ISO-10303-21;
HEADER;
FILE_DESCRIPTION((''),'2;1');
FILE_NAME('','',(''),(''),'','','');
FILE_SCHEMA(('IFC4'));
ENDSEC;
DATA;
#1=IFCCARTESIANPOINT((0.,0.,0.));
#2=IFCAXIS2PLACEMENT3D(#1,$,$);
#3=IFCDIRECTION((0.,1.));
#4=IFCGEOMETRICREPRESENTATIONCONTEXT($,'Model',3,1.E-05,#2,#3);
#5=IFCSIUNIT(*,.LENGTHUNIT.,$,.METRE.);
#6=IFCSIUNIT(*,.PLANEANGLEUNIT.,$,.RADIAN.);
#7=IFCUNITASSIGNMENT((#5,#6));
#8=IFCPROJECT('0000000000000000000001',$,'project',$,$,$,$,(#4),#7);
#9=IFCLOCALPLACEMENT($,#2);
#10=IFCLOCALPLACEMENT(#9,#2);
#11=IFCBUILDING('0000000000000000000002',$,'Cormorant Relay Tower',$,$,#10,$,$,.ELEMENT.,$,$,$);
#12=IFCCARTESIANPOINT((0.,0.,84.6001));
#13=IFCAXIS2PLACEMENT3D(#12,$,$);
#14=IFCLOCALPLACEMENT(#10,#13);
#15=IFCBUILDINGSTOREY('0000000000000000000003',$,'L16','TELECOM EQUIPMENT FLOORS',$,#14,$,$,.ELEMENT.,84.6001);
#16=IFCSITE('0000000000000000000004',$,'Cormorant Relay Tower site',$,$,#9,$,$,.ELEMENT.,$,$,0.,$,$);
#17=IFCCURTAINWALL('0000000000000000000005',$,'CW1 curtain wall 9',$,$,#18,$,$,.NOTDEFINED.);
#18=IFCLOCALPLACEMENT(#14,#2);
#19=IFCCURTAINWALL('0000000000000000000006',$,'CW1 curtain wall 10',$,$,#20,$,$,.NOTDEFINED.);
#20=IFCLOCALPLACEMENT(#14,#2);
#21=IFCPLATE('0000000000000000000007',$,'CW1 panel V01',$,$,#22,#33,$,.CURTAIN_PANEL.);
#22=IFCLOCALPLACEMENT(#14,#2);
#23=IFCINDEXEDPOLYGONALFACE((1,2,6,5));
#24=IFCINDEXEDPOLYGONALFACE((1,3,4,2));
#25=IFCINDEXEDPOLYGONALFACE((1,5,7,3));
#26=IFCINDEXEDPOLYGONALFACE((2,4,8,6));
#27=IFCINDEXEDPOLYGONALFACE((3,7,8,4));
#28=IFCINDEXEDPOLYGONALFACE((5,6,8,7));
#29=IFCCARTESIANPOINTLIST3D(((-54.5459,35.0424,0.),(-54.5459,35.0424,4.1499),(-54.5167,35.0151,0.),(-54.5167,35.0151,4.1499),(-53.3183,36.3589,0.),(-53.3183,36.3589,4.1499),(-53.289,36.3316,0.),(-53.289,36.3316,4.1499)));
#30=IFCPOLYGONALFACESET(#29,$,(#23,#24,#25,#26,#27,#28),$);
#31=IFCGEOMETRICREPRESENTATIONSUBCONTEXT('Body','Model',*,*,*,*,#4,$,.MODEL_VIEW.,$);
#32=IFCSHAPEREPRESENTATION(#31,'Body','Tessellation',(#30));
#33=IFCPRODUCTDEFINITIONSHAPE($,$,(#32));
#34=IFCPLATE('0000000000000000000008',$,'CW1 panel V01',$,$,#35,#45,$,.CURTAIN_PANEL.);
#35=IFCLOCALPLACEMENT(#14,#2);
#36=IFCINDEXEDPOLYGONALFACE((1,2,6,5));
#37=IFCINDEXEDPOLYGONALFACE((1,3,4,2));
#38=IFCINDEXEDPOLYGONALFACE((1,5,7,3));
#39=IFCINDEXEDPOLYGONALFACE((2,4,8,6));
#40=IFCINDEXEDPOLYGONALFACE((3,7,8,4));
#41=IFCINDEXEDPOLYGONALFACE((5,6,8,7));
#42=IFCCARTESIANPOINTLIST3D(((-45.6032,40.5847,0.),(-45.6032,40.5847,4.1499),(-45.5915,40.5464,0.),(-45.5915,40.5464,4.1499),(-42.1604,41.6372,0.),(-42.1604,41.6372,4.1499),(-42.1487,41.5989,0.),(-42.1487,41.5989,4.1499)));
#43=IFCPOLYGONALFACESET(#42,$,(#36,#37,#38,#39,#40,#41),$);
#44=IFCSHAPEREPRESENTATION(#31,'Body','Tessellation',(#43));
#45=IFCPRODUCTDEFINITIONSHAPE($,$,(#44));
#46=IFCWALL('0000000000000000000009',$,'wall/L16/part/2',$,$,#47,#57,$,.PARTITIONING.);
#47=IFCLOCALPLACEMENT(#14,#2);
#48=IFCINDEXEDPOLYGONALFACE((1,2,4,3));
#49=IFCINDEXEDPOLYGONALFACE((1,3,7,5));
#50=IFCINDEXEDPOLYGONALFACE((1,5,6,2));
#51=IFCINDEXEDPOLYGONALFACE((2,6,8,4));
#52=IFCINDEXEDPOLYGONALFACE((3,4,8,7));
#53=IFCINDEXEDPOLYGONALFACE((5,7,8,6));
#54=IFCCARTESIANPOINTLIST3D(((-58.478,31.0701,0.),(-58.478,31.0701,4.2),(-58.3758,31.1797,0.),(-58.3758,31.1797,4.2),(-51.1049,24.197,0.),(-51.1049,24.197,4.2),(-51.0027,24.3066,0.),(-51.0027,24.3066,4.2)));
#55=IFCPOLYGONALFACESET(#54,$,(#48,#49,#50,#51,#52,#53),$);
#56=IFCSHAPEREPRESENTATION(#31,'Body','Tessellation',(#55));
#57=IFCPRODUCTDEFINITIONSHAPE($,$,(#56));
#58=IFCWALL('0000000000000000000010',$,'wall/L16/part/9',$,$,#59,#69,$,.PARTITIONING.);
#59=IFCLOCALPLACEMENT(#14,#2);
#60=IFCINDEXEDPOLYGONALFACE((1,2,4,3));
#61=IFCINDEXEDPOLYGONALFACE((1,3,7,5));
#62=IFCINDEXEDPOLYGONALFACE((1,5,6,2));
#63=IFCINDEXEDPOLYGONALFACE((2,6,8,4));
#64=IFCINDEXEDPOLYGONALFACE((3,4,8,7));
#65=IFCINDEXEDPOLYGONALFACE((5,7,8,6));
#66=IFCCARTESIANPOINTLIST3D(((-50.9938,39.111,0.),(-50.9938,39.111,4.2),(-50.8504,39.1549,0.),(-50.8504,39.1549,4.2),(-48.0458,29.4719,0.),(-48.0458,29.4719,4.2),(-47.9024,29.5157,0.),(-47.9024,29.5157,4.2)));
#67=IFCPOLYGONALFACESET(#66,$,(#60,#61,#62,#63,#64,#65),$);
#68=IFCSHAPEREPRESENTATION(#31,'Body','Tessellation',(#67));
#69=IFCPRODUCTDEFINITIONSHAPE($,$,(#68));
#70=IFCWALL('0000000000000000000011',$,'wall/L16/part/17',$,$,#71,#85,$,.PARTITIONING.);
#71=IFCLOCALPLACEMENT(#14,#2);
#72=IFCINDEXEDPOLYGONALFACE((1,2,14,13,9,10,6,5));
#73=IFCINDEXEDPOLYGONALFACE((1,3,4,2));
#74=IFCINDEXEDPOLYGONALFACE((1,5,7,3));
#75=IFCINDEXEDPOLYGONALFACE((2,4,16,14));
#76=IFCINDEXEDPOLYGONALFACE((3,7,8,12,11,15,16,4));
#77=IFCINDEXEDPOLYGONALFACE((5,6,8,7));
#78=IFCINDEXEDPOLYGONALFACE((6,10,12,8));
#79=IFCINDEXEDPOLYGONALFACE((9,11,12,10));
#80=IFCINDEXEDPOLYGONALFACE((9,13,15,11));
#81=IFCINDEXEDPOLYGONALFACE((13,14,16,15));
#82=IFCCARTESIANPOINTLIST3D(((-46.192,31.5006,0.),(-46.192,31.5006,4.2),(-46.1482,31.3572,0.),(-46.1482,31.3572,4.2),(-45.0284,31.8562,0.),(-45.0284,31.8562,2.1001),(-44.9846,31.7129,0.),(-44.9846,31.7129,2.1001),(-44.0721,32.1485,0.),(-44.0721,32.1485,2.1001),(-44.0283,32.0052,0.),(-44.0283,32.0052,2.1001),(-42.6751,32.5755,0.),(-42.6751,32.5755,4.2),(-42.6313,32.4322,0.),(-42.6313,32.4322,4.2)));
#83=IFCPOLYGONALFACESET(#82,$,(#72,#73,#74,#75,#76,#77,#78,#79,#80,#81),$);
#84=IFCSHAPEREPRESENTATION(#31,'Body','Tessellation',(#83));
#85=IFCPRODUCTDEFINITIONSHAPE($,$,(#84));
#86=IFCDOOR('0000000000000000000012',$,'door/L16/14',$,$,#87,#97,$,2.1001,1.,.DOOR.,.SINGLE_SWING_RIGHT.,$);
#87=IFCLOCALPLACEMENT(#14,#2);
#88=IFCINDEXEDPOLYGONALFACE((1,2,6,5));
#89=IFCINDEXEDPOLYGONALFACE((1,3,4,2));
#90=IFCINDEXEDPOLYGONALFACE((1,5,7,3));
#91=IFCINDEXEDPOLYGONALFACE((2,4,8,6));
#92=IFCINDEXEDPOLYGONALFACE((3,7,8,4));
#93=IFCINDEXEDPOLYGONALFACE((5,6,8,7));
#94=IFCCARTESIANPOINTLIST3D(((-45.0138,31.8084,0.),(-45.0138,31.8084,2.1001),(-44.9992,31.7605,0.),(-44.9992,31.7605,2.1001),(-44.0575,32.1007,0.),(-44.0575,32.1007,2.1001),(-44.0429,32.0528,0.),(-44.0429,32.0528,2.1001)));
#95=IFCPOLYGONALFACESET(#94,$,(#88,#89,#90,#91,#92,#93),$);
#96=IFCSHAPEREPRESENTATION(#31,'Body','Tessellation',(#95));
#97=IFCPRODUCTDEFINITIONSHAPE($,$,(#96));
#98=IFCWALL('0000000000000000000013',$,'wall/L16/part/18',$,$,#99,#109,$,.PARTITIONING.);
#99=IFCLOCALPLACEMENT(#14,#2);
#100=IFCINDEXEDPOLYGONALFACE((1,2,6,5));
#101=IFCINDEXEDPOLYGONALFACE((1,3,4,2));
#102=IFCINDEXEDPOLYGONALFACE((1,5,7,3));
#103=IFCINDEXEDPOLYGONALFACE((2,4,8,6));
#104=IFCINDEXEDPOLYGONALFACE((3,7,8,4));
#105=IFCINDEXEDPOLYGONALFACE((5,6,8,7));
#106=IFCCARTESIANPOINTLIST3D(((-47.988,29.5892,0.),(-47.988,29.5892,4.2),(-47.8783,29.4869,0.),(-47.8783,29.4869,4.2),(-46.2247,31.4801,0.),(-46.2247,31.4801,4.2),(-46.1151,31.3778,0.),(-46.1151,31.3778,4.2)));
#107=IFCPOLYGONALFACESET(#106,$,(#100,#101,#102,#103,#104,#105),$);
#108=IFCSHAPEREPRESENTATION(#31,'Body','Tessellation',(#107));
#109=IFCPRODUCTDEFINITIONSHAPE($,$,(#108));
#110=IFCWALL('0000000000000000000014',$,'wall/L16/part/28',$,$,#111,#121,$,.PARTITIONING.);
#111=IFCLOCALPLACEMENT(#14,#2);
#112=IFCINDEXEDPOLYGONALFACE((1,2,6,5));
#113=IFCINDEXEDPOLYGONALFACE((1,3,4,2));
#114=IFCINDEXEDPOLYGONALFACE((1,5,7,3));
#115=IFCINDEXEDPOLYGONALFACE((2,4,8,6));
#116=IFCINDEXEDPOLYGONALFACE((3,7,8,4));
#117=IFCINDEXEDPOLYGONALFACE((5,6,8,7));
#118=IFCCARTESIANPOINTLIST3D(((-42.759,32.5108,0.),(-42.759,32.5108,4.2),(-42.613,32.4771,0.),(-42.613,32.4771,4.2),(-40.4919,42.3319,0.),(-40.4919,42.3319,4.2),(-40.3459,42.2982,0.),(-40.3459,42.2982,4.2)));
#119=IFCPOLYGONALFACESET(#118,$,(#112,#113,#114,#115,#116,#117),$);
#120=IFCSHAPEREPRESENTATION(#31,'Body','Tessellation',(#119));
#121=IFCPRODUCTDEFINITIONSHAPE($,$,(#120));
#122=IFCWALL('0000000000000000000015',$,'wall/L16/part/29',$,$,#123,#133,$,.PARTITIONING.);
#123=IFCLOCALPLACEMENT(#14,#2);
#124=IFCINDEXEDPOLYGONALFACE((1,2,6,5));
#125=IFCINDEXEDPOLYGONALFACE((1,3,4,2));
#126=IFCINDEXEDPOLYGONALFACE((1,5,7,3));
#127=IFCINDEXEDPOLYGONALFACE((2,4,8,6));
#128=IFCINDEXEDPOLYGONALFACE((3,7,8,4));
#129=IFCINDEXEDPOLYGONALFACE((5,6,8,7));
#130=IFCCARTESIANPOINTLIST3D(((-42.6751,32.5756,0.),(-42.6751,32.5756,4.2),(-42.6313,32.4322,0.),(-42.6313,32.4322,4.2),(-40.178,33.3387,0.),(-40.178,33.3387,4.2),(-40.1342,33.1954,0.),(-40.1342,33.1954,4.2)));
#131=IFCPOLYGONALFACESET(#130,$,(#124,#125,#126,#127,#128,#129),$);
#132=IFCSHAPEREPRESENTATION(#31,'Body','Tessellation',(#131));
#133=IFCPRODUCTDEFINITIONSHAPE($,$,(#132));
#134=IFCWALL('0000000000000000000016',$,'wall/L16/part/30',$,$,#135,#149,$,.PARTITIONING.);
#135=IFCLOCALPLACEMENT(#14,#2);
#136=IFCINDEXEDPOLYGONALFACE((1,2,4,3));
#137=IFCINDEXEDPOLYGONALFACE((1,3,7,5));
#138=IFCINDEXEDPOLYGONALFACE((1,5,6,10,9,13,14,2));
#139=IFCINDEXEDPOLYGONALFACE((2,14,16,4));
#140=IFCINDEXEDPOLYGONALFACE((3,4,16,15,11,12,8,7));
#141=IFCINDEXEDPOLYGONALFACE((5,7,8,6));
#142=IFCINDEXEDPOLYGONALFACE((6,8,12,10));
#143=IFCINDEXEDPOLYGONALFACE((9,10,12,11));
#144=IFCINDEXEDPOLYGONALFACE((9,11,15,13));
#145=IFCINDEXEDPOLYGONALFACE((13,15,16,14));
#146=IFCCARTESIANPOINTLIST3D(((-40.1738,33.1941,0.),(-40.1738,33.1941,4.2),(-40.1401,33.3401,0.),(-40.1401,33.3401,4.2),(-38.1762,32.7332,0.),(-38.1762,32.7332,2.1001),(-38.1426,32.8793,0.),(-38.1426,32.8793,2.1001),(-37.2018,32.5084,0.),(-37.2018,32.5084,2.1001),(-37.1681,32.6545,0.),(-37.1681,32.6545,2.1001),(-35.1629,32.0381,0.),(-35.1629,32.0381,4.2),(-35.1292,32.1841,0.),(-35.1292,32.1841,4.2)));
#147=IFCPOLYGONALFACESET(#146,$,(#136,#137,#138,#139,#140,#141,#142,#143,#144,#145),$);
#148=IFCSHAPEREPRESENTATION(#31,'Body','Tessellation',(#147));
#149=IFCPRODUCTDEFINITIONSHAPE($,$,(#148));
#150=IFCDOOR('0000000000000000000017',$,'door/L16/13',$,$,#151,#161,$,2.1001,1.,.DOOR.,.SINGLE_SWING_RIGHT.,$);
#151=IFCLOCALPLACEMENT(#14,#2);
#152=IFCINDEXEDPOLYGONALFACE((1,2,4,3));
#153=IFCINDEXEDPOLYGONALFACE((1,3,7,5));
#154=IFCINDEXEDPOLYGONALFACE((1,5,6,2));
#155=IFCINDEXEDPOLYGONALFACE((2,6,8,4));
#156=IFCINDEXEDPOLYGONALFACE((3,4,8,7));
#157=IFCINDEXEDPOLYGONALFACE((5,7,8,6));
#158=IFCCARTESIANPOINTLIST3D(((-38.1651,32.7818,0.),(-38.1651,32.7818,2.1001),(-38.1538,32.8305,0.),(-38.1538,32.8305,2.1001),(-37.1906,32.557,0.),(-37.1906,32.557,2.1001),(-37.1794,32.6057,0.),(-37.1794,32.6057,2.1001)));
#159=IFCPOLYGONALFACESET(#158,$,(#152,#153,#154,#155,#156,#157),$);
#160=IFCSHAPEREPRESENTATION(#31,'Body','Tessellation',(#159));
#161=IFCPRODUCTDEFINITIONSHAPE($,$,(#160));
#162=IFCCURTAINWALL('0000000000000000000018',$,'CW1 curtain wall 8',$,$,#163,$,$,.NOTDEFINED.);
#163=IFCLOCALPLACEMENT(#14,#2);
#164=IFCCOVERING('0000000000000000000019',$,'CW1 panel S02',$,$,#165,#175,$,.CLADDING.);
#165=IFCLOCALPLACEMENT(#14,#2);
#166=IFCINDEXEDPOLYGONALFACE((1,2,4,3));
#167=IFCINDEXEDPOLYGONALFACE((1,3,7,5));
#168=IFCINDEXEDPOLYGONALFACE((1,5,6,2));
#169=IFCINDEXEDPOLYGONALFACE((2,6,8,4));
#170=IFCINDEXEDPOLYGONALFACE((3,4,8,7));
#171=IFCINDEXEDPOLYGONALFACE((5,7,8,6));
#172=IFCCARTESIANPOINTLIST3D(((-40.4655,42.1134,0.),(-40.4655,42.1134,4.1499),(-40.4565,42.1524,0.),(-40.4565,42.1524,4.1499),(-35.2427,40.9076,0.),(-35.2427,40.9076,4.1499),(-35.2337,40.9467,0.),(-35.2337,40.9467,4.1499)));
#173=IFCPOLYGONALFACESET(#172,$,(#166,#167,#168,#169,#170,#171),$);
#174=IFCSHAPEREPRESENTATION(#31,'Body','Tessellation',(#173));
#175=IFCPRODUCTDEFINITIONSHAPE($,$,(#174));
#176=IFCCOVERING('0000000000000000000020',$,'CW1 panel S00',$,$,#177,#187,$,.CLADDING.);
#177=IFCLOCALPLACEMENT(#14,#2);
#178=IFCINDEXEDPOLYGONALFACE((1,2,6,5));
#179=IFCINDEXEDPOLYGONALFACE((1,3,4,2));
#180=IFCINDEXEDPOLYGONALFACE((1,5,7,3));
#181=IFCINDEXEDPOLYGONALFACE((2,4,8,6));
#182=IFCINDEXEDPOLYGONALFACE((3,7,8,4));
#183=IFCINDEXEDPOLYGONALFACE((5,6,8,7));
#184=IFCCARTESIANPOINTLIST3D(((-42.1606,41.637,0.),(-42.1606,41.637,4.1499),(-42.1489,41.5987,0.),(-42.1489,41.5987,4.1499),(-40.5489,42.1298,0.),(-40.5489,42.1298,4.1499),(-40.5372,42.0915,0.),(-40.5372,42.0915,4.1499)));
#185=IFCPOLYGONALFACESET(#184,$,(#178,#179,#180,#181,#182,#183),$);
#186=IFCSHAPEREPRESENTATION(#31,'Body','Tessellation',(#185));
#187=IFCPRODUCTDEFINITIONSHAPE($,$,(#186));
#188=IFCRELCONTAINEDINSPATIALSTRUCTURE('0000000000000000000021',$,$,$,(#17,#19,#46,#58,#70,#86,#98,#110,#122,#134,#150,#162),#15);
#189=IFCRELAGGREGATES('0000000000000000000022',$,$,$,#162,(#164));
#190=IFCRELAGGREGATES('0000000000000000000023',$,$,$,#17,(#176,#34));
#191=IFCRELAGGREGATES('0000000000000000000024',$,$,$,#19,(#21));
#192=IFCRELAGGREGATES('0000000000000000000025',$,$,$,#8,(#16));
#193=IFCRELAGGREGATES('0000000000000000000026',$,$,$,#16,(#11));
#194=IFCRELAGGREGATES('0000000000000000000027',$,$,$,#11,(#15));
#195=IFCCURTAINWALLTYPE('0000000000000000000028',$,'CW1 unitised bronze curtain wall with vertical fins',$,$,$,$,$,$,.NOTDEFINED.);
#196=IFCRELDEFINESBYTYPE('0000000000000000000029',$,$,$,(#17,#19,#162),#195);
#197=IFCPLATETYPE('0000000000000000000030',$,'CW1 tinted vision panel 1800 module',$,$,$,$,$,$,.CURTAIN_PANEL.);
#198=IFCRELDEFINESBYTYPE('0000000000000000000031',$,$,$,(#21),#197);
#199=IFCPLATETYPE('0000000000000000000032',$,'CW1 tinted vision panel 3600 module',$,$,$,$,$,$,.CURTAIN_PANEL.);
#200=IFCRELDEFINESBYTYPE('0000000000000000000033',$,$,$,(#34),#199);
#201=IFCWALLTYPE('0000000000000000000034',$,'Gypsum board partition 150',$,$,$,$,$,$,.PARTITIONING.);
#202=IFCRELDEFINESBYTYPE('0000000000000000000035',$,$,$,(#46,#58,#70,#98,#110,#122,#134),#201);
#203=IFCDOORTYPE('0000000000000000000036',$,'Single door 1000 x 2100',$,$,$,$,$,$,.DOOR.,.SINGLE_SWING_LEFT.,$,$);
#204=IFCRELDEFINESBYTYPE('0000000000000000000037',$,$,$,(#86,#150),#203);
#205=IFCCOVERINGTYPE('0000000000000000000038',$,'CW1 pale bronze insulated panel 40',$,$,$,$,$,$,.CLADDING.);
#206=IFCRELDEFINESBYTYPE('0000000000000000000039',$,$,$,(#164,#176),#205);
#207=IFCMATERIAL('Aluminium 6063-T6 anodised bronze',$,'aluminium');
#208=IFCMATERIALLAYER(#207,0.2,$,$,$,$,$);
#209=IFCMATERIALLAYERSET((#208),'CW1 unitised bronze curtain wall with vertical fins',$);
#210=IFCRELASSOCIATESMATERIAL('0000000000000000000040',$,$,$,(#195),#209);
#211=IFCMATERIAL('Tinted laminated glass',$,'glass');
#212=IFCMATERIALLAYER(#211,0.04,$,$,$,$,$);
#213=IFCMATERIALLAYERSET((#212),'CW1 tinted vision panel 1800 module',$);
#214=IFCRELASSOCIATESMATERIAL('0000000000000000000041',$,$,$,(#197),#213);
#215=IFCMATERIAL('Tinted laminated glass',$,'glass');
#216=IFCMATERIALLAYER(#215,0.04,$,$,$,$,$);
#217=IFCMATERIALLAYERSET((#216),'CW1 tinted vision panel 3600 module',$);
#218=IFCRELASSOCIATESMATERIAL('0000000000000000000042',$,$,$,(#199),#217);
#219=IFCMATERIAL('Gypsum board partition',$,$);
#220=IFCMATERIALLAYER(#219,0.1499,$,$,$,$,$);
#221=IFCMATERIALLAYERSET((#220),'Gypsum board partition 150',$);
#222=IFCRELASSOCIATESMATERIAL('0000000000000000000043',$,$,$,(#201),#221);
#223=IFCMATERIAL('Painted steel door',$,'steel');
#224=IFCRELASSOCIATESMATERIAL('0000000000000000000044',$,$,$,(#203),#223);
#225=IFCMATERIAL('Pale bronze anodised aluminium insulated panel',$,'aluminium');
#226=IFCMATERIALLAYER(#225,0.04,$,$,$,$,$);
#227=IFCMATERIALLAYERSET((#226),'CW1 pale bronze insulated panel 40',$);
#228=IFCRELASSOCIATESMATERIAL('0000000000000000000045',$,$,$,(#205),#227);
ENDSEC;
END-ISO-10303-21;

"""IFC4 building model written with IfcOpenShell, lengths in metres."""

from ifc_helpers import new_model, si_unit, direction, frame, frame_2d, origin, origin_2d, place, context, subcontext, project, spatial, rectangle, extrude, material, layer, layer_set, type_object, element, fill, aggregate, save


model = new_model("IFC4")

# Units and contexts
model_context = context("Model", 3, precision=1e-05, world=origin(), true_north=direction((0.0, 1.0)))
body_context = subcontext(model_context, "Body", "Model", "MODEL_VIEW")
ifc_project = project(units=[si_unit("LENGTHUNIT", "METRE"), si_unit("PLANEANGLEUNIT", "RADIAN")], contexts=[model_context])

# Site, building, storey
site_placement = place(None, origin())
site = spatial("IfcSite", under=ifc_project, at=site_placement, Name="Cormorant Relay Tower site", CompositionType="ELEMENT", RefElevation=0.0)
building_placement = place(site_placement, origin())
building = spatial("IfcBuilding", under=site, at=building_placement, Name="Cormorant Relay Tower", CompositionType="ELEMENT")
storey_placement = place(building_placement, frame((0.0, 0.0, 84.6001)))
storey = spatial("IfcBuildingStorey", under=building, at=storey_placement, Name="L16", Description="TELECOM EQUIPMENT FLOORS", CompositionType="ELEMENT", Elevation=84.6001)

# Curtain walls
ifc_material_1 = material(Name="Aluminium 6063-T6 anodised bronze", Category="aluminium")
ifc_layer_1 = layer(ifc_material_1, 0.2)
ifc_layer_set_1 = layer_set([ifc_layer_1], Name="CW1 unitised bronze curtain wall with vertical fins")
curtain_wall_type = type_object("IfcCurtainWallType", Name="CW1 unitised bronze curtain wall with vertical fins", PredefinedType="NOTDEFINED", material=ifc_layer_set_1)
curtain_wall_1_placement = place(storey_placement, origin())
curtain_wall_1 = element("IfcCurtainWall", 1, at=curtain_wall_1_placement, inside=storey, type_object=curtain_wall_type, Name="CW1 curtain wall 9", PredefinedType="NOTDEFINED")
curtain_wall_2_placement = place(storey_placement, origin())
curtain_wall_2 = element("IfcCurtainWall", 2, at=curtain_wall_2_placement, inside=storey, type_object=curtain_wall_type, Name="CW1 curtain wall 10", PredefinedType="NOTDEFINED")

# Plates
ifc_material_2 = material(Name="Tinted laminated glass", Category="glass")
ifc_layer_2 = layer(ifc_material_2, 0.04)
ifc_layer_set_2 = layer_set([ifc_layer_2], Name="CW1 tinted vision panel 1800 module")
plate_type_1 = type_object("IfcPlateType", Name="CW1 tinted vision panel 1800 module", PredefinedType="CURTAIN_PANEL", material=ifc_layer_set_2)
plate_1_placement = place(storey_placement, frame((-53.9175, 35.687, 0.0), z_axis=(0.0, 0.0, 1.0), x_axis=(-0.681998, -0.731354, 0.0)))
plate_1 = element("IfcPlate", 3, at=plate_1_placement, type_object=plate_type_1, Name="CW1 panel V01", PredefinedType="CURTAIN_PANEL", context=body_context, shape_type="SweptSolid", body=[
    extrude(rectangle(XDim=1.8, YDim=0.04, at=origin_2d()), origin(), (0.0, 0.0, 1.0), 4.1499),
])
ifc_material_3 = material(Name="Tinted laminated glass", Category="glass")
ifc_layer_3 = layer(ifc_material_3, 0.04)
ifc_layer_set_3 = layer_set([ifc_layer_3], Name="CW1 tinted vision panel 3600 module")
plate_type_2 = type_object("IfcPlateType", Name="CW1 tinted vision panel 3600 module", PredefinedType="CURTAIN_PANEL", material=ifc_layer_set_3)
plate_2_placement = place(storey_placement, frame((-43.876, 41.0918, 0.0), z_axis=(0.0, 0.0, 1.0), x_axis=(-0.956305, -0.292372, 0.0)))
plate_2 = element("IfcPlate", 4, at=plate_2_placement, type_object=plate_type_2, Name="CW1 panel V01", PredefinedType="CURTAIN_PANEL", context=body_context, shape_type="SweptSolid", body=[
    extrude(rectangle(XDim=3.6001, YDim=0.04, at=origin_2d()), origin(), (0.0, 0.0, 1.0), 4.1499),
])

# Walls
ifc_material_4 = material(Name="Gypsum board partition")
ifc_layer_4 = layer(ifc_material_4, 0.1499)
ifc_layer_set_4 = layer_set([ifc_layer_4], Name="Gypsum board partition 150")
wall_type = type_object("IfcWallType", Name="Gypsum board partition 150", PredefinedType="PARTITIONING", material=ifc_layer_set_4)
for number, where, z_axis, x_axis, name in (
    (5, (-58.427, 31.125, 0.0), (0.0, 0.0, 1.0), (0.731474, -0.681869, 0.0), "wall/L16/part/2"),
    (6, (-50.9221, 39.1331, 0.0), (0.0, 0.0, 1.0), (0.292463, -0.956277, 0.0), "wall/L16/part/9"),
):
    element("IfcWall", number, at=place(storey_placement, frame(where, z_axis=z_axis, x_axis=x_axis)), inside=storey, type_object=wall_type, Name=name, PredefinedType="PARTITIONING", context=body_context, shape_type="SweptSolid", body=[
        extrude(rectangle(XDim=10.0798, YDim=0.1499, at=frame_2d((5.04, 0.0))), origin(), (0.0, 0.0, 1.0), 4.2),
    ])

# Wall, opening, door
wall_1_placement = place(storey_placement, frame((-42.6531, 32.5039, 0.0), z_axis=(0.0, 0.0, 1.0), x_axis=(-0.956324, -0.292308, 0.0)))
wall_1 = element("IfcWall", 7, at=wall_1_placement, inside=storey, type_object=wall_type, Name="wall/L16/part/17", PredefinedType="PARTITIONING", context=body_context, shape_type="SweptSolid", body=[
    extrude(rectangle(XDim=3.6775, YDim=0.1499, at=frame_2d((1.8389, 0.0))), origin(), (0.0, 0.0, 1.0), 4.2),
])
opening_1_placement = place(wall_1_placement, frame((1.4609, 0.0, 0.0)))
opening_1 = element("IfcOpeningElement", 8, at=opening_1_placement, cuts=wall_1, PredefinedType="OPENING", context=body_context, shape_type="SweptSolid", body=[
    extrude(rectangle(XDim=1.0, YDim=2.1001, at=frame_2d((0.5, 1.05))), frame((0.0, 0.085, 0.0), z_axis=(0.0, -1.0, 0.0), x_axis=(1.0, 0.0, 0.0)), (0.0, 0.0, 1.0), 0.1699),
])
ifc_material_5 = material(Name="Painted steel door", Category="steel")
door_type = type_object("IfcDoorType", Name="Single door 1000 x 2100", OperationType="SINGLE_SWING_LEFT", PredefinedType="DOOR", material=ifc_material_5)
door_1_placement = place(opening_1_placement, frame((1.0, 0.0, 0.0), z_axis=(0.0, 0.0, 1.0), x_axis=(-1.0, 0.0, 0.0)))
door_1 = element("IfcDoor", 9, at=door_1_placement, inside=storey, type_object=door_type, Name="door/L16/14", OperationType="SINGLE_SWING_RIGHT", OverallHeight=2.1001, OverallWidth=1.0, PredefinedType="DOOR", context=body_context, shape_type="SweptSolid", body=[
    extrude(rectangle(XDim=1.0, YDim=2.1001, at=frame_2d((0.5, 1.05))), frame((0.0, 0.0249, 0.0), z_axis=(0.0, -1.0, 0.0), x_axis=(1.0, 0.0, 0.0)), (0.0, 0.0, 1.0), 0.05),
])
fill(opening_1, door_1)

# Walls
wall_2_placement = place(storey_placement, frame((-46.1699, 31.429, 0.0), z_axis=(0.0, 0.0, 1.0), x_axis=(-0.681982, -0.731369, 0.0)))
element("IfcWall", 10, at=wall_2_placement, inside=storey, type_object=wall_type, Name="wall/L16/part/18", PredefinedType="PARTITIONING", context=body_context, shape_type="SweptSolid", body=[
    extrude(rectangle(XDim=2.5854, YDim=0.1499, at=frame_2d((1.2927, 0.0))), origin(), (0.0, 0.0, 1.0), 4.2),
])
wall_3_placement = place(storey_placement, frame((-40.4189, 42.3149, 0.0), z_axis=(0.0, 0.0, 1.0), x_axis=(-0.224925, -0.974376, 0.0)))
element("IfcWall", 11, at=wall_3_placement, inside=storey, type_object=wall_type, Name="wall/L16/part/28", PredefinedType="PARTITIONING", context=body_context, shape_type="SweptSolid", body=[
    extrude(rectangle(XDim=10.0793, YDim=0.1499, at=frame_2d((5.0396, 0.0))), origin(), (0.0, 0.0, 1.0), 4.2),
])
wall_4_placement = place(storey_placement, frame((-40.156, 33.2671, 0.0), z_axis=(0.0, 0.0, 1.0), x_axis=(-0.956331, -0.292285, 0.0)))
element("IfcWall", 12, at=wall_4_placement, inside=storey, type_object=wall_type, Name="wall/L16/part/29", PredefinedType="PARTITIONING", context=body_context, shape_type="SweptSolid", body=[
    extrude(rectangle(XDim=2.6111, YDim=0.1499, at=frame_2d((1.3057, 0.0))), origin(), (0.0, 0.0, 1.0), 4.2),
])

# Wall, opening, door
wall_5_placement = place(storey_placement, frame((-40.157, 33.2671, 0.0), z_axis=(0.0, 0.0, 1.0), x_axis=(0.974407, -0.22479, 0.0)))
wall_5 = element("IfcWall", 13, at=wall_5_placement, inside=storey, type_object=wall_type, Name="wall/L16/part/30", PredefinedType="PARTITIONING", context=body_context, shape_type="SweptSolid", body=[
    extrude(rectangle(XDim=5.1426, YDim=0.1499, at=frame_2d((2.5713, 0.0))), origin(), (0.0, 0.0, 1.0), 4.2),
])
opening_2_placement = place(wall_5_placement, frame((2.05, 0.0, 0.0)))
opening_2 = element("IfcOpeningElement", 14, at=opening_2_placement, cuts=wall_5, PredefinedType="OPENING", context=body_context, shape_type="SweptSolid", body=[
    extrude(rectangle(XDim=1.0, YDim=2.1001, at=frame_2d((0.5, 1.05))), frame((0.0, 0.085, 0.0), z_axis=(0.0, -1.0, 0.0), x_axis=(1.0, 0.0, 0.0)), (0.0, 0.0, 1.0), 0.1699),
])
door_2_placement = place(opening_2_placement, origin())
door_2 = element("IfcDoor", 15, at=door_2_placement, inside=storey, type_object=door_type, Name="door/L16/13", OperationType="SINGLE_SWING_RIGHT", OverallHeight=2.1001, OverallWidth=1.0, PredefinedType="DOOR", context=body_context, shape_type="SweptSolid", body=[
    extrude(rectangle(XDim=1.0, YDim=2.1001, at=frame_2d((0.5, 1.05))), frame((0.0, 0.0249, 0.0), z_axis=(0.0, -1.0, 0.0), x_axis=(1.0, 0.0, 0.0)), (0.0, 0.0, 1.0), 0.05),
])
fill(opening_2, door_2)

# Curtain wall, covering
curtain_wall_3_placement = place(storey_placement, origin())
curtain_wall_3 = element("IfcCurtainWall", 16, at=curtain_wall_3_placement, inside=storey, type_object=curtain_wall_type, Name="CW1 curtain wall 8", PredefinedType="NOTDEFINED")
ifc_material_6 = material(Name="Pale bronze anodised aluminium insulated panel", Category="aluminium")
ifc_layer_5 = layer(ifc_material_6, 0.04)
ifc_layer_set_5 = layer_set([ifc_layer_5], Name="CW1 pale bronze insulated panel 40")
covering_type = type_object("IfcCoveringType", Name="CW1 pale bronze insulated panel 40", PredefinedType="CLADDING", material=ifc_layer_set_5)
covering_1_placement = place(storey_placement, frame((-37.8496, 41.53, 0.0), z_axis=(0.0, 0.0, 1.0), x_axis=(-0.97437, 0.224951, 0.0)))
covering_1 = element("IfcCovering", 17, at=covering_1_placement, type_object=covering_type, Name="CW1 panel S02", PredefinedType="CLADDING", context=body_context, shape_type="SweptSolid", body=[
    extrude(rectangle(XDim=5.3601, YDim=0.04, at=origin_2d()), origin(), (0.0, 0.0, 1.0), 4.1499),
])
aggregate(curtain_wall_3, [covering_1])

# Covering
covering_2_placement = place(storey_placement, frame((-41.3489, 41.8643, 0.0), z_axis=(0.0, 0.0, 1.0), x_axis=(-0.956305, -0.292372, 0.0)))
covering_2 = element("IfcCovering", 18, at=covering_2_placement, type_object=covering_type, Name="CW1 panel S00", PredefinedType="CLADDING", context=body_context, shape_type="SweptSolid", body=[
    extrude(rectangle(XDim=1.6853, YDim=0.04, at=origin_2d()), origin(), (0.0, 0.0, 1.0), 4.1499),
])
aggregate(curtain_wall_1, [covering_2, plate_2])
aggregate(curtain_wall_2, [plate_1])

save(model, "model.ifc")
